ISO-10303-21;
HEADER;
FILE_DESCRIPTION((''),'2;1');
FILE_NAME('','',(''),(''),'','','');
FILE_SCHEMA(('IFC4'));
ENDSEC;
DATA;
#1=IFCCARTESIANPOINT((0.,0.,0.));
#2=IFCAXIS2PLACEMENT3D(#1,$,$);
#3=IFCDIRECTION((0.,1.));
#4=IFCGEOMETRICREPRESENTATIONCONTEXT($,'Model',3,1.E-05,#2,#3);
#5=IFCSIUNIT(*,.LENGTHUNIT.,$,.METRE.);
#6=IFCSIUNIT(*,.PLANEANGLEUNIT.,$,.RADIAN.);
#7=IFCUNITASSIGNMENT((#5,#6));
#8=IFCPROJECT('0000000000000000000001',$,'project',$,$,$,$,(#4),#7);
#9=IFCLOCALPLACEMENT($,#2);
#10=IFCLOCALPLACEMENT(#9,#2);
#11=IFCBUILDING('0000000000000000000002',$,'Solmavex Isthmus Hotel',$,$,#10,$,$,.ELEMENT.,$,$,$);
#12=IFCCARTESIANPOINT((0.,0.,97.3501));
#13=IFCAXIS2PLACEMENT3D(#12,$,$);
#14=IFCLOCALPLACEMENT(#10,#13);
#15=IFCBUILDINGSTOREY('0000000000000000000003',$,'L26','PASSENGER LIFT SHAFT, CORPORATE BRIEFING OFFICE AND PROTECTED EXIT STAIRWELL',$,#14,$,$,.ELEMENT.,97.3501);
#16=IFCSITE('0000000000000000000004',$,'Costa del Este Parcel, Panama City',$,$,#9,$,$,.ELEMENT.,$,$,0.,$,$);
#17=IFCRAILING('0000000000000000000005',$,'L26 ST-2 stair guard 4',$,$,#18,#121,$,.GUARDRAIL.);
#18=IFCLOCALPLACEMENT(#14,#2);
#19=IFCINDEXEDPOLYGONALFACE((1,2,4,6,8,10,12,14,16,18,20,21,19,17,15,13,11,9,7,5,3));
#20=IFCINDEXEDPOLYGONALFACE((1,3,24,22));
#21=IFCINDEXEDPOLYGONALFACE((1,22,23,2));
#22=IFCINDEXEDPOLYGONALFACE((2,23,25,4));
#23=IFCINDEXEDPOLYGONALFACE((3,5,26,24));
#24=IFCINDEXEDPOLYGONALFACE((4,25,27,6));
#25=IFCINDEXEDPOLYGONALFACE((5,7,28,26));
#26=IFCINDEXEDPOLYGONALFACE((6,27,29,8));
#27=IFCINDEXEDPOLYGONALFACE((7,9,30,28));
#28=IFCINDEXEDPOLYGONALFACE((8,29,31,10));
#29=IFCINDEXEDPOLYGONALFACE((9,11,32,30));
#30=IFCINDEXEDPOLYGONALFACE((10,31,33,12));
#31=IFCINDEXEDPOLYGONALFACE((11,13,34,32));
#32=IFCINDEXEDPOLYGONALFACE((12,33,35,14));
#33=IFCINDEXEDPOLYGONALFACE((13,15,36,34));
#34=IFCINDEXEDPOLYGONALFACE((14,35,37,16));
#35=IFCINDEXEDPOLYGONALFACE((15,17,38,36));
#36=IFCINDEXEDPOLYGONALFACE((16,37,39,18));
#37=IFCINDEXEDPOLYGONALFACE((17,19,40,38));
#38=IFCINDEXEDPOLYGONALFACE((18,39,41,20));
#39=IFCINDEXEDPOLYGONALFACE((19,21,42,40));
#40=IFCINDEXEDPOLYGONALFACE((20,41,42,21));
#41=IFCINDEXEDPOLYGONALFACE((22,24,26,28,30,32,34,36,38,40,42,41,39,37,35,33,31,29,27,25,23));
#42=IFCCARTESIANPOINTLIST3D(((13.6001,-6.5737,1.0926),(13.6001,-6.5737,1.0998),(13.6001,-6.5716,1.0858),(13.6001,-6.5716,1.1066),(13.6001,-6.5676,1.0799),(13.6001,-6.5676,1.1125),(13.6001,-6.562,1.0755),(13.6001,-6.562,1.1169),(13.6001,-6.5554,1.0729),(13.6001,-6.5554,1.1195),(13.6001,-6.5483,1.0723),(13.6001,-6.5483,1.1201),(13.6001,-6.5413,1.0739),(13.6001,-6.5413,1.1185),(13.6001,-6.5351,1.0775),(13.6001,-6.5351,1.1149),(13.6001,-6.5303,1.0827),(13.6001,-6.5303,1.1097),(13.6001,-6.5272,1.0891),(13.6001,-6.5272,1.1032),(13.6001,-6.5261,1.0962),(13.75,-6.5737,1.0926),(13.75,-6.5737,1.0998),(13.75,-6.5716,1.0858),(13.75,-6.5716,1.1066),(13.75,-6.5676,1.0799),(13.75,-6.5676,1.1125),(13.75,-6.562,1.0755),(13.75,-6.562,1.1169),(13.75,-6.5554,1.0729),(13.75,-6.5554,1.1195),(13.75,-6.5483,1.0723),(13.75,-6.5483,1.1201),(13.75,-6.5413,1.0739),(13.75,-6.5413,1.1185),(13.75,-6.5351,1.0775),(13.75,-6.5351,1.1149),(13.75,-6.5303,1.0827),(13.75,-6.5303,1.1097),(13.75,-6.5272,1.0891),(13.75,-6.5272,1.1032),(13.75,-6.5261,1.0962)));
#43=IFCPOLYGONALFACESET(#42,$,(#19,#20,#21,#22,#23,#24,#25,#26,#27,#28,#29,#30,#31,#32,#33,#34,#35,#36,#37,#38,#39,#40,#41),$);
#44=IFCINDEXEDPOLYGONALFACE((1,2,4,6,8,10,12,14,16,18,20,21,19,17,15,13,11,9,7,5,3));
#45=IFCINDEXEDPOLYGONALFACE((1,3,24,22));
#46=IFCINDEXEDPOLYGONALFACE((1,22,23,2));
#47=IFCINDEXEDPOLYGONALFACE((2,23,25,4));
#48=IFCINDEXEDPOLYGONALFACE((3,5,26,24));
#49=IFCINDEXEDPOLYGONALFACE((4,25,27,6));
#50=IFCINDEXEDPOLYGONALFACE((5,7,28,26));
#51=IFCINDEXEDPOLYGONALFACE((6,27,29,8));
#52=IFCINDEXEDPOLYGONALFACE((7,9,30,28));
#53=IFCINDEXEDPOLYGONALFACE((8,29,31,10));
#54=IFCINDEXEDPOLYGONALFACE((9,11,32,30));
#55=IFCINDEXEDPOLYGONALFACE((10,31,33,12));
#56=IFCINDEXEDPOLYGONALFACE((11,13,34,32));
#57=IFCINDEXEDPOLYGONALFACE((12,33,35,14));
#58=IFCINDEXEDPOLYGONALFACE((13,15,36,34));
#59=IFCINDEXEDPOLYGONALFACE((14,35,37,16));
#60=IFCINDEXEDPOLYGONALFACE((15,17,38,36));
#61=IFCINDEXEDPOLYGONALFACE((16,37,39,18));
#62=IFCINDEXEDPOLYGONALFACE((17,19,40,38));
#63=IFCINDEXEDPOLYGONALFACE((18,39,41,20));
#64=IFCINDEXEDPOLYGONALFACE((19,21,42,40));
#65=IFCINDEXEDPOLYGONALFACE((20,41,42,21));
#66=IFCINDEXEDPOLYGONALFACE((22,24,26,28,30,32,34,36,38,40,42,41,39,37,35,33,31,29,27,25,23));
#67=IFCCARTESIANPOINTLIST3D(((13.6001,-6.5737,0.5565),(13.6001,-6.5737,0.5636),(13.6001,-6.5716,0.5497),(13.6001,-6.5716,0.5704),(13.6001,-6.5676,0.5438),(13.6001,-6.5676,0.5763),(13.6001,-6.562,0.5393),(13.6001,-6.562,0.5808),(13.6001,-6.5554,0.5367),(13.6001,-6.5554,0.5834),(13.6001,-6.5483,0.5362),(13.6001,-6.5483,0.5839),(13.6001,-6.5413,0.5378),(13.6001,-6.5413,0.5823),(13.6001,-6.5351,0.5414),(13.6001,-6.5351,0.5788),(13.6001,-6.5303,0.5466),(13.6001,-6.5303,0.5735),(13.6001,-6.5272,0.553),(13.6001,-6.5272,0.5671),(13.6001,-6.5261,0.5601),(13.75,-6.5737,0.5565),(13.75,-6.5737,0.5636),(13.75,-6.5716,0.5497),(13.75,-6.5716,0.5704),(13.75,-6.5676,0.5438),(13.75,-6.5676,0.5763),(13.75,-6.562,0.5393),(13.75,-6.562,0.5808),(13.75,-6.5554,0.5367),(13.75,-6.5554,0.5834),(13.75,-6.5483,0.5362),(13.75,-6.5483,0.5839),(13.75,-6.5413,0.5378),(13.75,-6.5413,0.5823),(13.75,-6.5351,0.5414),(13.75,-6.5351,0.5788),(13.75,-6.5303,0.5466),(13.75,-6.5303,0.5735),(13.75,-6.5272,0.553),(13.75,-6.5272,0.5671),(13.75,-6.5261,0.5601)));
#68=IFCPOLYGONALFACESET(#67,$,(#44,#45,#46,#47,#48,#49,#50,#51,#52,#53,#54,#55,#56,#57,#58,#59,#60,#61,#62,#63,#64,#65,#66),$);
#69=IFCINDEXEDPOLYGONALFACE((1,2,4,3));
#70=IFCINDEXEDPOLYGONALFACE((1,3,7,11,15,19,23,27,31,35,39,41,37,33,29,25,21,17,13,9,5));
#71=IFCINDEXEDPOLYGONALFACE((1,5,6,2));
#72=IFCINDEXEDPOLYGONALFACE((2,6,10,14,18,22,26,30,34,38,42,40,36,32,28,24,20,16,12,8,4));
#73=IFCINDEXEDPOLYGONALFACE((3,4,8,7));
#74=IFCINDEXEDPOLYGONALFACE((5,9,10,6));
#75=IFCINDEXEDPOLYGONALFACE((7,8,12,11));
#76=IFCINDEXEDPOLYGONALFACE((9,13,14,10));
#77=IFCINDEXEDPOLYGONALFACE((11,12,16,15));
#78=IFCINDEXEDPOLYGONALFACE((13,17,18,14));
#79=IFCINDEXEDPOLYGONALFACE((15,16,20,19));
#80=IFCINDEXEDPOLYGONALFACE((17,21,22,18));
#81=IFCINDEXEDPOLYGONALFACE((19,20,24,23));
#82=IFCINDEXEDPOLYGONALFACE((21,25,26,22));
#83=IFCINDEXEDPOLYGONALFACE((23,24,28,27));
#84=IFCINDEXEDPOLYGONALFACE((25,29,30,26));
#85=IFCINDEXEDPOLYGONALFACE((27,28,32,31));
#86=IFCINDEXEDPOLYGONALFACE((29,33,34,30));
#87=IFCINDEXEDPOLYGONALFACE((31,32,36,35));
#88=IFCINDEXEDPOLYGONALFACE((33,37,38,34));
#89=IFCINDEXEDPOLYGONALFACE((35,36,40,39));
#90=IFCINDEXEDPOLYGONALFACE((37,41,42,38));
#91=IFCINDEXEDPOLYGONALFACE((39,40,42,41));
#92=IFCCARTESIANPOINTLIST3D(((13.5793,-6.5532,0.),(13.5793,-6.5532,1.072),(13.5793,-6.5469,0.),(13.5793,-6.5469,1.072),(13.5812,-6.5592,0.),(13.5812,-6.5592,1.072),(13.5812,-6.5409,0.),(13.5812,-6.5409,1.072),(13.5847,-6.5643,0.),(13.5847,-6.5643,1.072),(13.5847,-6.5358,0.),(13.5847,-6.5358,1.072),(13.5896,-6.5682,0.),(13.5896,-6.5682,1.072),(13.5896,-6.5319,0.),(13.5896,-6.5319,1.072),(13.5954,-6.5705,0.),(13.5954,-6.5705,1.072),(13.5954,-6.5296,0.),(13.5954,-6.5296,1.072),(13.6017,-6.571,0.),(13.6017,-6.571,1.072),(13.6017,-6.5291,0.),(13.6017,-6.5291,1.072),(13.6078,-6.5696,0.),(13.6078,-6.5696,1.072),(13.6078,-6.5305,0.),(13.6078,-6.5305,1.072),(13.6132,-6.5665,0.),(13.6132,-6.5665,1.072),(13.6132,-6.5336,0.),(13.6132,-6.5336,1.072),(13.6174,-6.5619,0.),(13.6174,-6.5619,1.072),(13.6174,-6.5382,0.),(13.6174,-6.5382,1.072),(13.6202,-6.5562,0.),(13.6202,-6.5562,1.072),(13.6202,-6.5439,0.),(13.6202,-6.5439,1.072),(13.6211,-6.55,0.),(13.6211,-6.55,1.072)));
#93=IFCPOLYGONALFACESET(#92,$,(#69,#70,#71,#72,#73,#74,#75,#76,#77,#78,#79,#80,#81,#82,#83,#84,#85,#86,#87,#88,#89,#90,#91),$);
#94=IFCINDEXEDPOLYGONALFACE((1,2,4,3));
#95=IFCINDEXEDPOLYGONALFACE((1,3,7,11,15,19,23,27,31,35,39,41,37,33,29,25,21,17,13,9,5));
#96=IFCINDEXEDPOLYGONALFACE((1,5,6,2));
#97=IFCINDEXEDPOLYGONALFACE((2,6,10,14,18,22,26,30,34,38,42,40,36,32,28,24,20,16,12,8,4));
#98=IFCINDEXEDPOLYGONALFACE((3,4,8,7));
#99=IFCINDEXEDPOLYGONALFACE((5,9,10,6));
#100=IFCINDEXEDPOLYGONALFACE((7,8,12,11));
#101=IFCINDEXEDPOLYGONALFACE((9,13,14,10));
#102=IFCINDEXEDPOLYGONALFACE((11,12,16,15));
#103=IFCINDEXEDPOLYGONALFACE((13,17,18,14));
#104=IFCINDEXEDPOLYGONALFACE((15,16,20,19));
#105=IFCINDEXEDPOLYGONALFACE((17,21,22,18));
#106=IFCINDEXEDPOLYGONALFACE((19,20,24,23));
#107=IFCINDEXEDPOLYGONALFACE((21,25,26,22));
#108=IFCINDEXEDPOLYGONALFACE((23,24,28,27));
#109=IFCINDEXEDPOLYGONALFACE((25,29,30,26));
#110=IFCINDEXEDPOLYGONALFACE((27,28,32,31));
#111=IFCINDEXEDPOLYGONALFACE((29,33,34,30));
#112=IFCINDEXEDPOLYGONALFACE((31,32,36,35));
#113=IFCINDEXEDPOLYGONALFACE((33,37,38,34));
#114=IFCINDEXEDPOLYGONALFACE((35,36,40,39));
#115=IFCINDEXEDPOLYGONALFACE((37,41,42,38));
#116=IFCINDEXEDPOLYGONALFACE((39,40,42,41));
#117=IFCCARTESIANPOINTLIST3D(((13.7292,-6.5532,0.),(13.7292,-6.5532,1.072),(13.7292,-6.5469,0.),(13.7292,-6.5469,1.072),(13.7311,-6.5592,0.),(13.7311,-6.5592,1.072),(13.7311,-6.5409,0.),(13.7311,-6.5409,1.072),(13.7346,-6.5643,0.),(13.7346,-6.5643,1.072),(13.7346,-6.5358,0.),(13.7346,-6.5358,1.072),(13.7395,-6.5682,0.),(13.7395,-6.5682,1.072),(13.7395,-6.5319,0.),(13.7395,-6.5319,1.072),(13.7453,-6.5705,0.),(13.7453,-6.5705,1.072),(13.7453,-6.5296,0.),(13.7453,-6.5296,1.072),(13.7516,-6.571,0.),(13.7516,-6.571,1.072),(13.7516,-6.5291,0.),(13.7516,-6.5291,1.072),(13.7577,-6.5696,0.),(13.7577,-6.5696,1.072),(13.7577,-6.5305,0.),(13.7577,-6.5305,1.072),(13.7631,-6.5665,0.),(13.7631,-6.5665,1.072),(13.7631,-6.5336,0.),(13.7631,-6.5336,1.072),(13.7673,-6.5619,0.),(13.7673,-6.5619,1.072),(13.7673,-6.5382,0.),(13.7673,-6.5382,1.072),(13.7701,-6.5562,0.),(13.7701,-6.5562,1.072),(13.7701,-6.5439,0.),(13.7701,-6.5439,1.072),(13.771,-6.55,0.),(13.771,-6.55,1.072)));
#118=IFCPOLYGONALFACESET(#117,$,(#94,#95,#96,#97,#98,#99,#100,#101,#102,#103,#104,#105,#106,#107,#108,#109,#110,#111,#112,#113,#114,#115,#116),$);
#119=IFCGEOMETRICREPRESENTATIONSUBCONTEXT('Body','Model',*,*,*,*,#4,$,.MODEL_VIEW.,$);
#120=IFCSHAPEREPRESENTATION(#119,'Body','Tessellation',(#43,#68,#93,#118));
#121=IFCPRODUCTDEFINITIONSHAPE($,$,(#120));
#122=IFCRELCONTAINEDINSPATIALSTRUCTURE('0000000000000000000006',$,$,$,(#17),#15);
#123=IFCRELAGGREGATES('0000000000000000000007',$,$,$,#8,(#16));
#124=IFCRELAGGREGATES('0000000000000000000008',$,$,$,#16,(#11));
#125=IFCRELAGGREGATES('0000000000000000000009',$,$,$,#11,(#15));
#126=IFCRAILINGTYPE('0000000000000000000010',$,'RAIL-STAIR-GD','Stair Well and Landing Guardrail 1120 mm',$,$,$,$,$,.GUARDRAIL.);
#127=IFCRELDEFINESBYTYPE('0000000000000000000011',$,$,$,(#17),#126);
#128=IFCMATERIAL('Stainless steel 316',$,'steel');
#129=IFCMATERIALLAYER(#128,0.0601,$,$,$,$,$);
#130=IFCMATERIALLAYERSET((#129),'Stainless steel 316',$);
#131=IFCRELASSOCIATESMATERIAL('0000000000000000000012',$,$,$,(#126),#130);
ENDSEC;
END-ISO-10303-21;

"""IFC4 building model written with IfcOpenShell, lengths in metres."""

from ifc_helpers import new_model, si_unit, direction, frame, origin, origin_2d, place, context, subcontext, project, spatial, circle, extrude, material, layer, layer_set, type_object, element, save


model = new_model("IFC4")

# Units and contexts
model_context = context("Model", 3, precision=1e-05, world=origin(), true_north=direction((0.0, 1.0)))
body_context = subcontext(model_context, "Body", "Model", "MODEL_VIEW")
ifc_project = project(units=[si_unit("LENGTHUNIT", "METRE"), si_unit("PLANEANGLEUNIT", "RADIAN")], contexts=[model_context])

# Site, building, storey
site_placement = place(None, origin())
site = spatial("IfcSite", under=ifc_project, at=site_placement, Name="Costa del Este Parcel, Panama City", CompositionType="ELEMENT", RefElevation=0.0)
building_placement = place(site_placement, origin())
building = spatial("IfcBuilding", under=site, at=building_placement, Name="Solmavex Isthmus Hotel", CompositionType="ELEMENT")
storey_placement = place(building_placement, frame((0.0, 0.0, 97.3501)))
storey = spatial("IfcBuildingStorey", under=building, at=storey_placement, Name="L26", Description="PASSENGER LIFT SHAFT, CORPORATE BRIEFING OFFICE AND PROTECTED EXIT STAIRWELL", CompositionType="ELEMENT", Elevation=97.3501)

# Shared definitions
ifc_material_1 = material(Name="Stainless steel 316", Category="steel")

# Railing
ifc_layer_1 = layer(ifc_material_1, 0.0601)
ifc_layer_set_1 = layer_set([ifc_layer_1], Name="Stainless steel 316")
railing_type_1 = type_object("IfcRailingType", Name="RAIL-STAIR-GD", Description="Stair Well and Landing Guardrail 1120 mm", PredefinedType="GUARDRAIL", material=ifc_layer_set_1)
railing_1_placement = place(storey_placement, frame((13.6001, -6.55, 0.0)))
element("IfcRailing", 1, at=railing_1_placement, inside=storey, type_object=railing_type_1, Name="L26 ST-2 stair guard 4", PredefinedType="GUARDRAIL", context=body_context, shape_type="SweptSolid", body=[
    extrude(circle(Radius=0.0239, at=origin_2d()), frame((0.0, 0.0, 1.0962), z_axis=(1.0, 0.0, 0.0), x_axis=(0.0, 1.0, 0.0)), (0.0, 0.0, 1.0), 0.1499),
    extrude(circle(Radius=0.0239, at=origin_2d()), frame((0.0, 0.0, 0.5601), z_axis=(1.0, 0.0, 0.0), x_axis=(0.0, 1.0, 0.0)), (0.0, 0.0, 1.0), 0.1499),
    extrude(circle(Radius=0.021, at=origin_2d()), origin(), (0.0, 0.0, 1.0), 1.072),
    extrude(circle(Radius=0.021, at=origin_2d()), frame((0.1499, 0.0, 0.0)), (0.0, 0.0, 1.0), 1.072),
])

save(model, "model.ifc")
